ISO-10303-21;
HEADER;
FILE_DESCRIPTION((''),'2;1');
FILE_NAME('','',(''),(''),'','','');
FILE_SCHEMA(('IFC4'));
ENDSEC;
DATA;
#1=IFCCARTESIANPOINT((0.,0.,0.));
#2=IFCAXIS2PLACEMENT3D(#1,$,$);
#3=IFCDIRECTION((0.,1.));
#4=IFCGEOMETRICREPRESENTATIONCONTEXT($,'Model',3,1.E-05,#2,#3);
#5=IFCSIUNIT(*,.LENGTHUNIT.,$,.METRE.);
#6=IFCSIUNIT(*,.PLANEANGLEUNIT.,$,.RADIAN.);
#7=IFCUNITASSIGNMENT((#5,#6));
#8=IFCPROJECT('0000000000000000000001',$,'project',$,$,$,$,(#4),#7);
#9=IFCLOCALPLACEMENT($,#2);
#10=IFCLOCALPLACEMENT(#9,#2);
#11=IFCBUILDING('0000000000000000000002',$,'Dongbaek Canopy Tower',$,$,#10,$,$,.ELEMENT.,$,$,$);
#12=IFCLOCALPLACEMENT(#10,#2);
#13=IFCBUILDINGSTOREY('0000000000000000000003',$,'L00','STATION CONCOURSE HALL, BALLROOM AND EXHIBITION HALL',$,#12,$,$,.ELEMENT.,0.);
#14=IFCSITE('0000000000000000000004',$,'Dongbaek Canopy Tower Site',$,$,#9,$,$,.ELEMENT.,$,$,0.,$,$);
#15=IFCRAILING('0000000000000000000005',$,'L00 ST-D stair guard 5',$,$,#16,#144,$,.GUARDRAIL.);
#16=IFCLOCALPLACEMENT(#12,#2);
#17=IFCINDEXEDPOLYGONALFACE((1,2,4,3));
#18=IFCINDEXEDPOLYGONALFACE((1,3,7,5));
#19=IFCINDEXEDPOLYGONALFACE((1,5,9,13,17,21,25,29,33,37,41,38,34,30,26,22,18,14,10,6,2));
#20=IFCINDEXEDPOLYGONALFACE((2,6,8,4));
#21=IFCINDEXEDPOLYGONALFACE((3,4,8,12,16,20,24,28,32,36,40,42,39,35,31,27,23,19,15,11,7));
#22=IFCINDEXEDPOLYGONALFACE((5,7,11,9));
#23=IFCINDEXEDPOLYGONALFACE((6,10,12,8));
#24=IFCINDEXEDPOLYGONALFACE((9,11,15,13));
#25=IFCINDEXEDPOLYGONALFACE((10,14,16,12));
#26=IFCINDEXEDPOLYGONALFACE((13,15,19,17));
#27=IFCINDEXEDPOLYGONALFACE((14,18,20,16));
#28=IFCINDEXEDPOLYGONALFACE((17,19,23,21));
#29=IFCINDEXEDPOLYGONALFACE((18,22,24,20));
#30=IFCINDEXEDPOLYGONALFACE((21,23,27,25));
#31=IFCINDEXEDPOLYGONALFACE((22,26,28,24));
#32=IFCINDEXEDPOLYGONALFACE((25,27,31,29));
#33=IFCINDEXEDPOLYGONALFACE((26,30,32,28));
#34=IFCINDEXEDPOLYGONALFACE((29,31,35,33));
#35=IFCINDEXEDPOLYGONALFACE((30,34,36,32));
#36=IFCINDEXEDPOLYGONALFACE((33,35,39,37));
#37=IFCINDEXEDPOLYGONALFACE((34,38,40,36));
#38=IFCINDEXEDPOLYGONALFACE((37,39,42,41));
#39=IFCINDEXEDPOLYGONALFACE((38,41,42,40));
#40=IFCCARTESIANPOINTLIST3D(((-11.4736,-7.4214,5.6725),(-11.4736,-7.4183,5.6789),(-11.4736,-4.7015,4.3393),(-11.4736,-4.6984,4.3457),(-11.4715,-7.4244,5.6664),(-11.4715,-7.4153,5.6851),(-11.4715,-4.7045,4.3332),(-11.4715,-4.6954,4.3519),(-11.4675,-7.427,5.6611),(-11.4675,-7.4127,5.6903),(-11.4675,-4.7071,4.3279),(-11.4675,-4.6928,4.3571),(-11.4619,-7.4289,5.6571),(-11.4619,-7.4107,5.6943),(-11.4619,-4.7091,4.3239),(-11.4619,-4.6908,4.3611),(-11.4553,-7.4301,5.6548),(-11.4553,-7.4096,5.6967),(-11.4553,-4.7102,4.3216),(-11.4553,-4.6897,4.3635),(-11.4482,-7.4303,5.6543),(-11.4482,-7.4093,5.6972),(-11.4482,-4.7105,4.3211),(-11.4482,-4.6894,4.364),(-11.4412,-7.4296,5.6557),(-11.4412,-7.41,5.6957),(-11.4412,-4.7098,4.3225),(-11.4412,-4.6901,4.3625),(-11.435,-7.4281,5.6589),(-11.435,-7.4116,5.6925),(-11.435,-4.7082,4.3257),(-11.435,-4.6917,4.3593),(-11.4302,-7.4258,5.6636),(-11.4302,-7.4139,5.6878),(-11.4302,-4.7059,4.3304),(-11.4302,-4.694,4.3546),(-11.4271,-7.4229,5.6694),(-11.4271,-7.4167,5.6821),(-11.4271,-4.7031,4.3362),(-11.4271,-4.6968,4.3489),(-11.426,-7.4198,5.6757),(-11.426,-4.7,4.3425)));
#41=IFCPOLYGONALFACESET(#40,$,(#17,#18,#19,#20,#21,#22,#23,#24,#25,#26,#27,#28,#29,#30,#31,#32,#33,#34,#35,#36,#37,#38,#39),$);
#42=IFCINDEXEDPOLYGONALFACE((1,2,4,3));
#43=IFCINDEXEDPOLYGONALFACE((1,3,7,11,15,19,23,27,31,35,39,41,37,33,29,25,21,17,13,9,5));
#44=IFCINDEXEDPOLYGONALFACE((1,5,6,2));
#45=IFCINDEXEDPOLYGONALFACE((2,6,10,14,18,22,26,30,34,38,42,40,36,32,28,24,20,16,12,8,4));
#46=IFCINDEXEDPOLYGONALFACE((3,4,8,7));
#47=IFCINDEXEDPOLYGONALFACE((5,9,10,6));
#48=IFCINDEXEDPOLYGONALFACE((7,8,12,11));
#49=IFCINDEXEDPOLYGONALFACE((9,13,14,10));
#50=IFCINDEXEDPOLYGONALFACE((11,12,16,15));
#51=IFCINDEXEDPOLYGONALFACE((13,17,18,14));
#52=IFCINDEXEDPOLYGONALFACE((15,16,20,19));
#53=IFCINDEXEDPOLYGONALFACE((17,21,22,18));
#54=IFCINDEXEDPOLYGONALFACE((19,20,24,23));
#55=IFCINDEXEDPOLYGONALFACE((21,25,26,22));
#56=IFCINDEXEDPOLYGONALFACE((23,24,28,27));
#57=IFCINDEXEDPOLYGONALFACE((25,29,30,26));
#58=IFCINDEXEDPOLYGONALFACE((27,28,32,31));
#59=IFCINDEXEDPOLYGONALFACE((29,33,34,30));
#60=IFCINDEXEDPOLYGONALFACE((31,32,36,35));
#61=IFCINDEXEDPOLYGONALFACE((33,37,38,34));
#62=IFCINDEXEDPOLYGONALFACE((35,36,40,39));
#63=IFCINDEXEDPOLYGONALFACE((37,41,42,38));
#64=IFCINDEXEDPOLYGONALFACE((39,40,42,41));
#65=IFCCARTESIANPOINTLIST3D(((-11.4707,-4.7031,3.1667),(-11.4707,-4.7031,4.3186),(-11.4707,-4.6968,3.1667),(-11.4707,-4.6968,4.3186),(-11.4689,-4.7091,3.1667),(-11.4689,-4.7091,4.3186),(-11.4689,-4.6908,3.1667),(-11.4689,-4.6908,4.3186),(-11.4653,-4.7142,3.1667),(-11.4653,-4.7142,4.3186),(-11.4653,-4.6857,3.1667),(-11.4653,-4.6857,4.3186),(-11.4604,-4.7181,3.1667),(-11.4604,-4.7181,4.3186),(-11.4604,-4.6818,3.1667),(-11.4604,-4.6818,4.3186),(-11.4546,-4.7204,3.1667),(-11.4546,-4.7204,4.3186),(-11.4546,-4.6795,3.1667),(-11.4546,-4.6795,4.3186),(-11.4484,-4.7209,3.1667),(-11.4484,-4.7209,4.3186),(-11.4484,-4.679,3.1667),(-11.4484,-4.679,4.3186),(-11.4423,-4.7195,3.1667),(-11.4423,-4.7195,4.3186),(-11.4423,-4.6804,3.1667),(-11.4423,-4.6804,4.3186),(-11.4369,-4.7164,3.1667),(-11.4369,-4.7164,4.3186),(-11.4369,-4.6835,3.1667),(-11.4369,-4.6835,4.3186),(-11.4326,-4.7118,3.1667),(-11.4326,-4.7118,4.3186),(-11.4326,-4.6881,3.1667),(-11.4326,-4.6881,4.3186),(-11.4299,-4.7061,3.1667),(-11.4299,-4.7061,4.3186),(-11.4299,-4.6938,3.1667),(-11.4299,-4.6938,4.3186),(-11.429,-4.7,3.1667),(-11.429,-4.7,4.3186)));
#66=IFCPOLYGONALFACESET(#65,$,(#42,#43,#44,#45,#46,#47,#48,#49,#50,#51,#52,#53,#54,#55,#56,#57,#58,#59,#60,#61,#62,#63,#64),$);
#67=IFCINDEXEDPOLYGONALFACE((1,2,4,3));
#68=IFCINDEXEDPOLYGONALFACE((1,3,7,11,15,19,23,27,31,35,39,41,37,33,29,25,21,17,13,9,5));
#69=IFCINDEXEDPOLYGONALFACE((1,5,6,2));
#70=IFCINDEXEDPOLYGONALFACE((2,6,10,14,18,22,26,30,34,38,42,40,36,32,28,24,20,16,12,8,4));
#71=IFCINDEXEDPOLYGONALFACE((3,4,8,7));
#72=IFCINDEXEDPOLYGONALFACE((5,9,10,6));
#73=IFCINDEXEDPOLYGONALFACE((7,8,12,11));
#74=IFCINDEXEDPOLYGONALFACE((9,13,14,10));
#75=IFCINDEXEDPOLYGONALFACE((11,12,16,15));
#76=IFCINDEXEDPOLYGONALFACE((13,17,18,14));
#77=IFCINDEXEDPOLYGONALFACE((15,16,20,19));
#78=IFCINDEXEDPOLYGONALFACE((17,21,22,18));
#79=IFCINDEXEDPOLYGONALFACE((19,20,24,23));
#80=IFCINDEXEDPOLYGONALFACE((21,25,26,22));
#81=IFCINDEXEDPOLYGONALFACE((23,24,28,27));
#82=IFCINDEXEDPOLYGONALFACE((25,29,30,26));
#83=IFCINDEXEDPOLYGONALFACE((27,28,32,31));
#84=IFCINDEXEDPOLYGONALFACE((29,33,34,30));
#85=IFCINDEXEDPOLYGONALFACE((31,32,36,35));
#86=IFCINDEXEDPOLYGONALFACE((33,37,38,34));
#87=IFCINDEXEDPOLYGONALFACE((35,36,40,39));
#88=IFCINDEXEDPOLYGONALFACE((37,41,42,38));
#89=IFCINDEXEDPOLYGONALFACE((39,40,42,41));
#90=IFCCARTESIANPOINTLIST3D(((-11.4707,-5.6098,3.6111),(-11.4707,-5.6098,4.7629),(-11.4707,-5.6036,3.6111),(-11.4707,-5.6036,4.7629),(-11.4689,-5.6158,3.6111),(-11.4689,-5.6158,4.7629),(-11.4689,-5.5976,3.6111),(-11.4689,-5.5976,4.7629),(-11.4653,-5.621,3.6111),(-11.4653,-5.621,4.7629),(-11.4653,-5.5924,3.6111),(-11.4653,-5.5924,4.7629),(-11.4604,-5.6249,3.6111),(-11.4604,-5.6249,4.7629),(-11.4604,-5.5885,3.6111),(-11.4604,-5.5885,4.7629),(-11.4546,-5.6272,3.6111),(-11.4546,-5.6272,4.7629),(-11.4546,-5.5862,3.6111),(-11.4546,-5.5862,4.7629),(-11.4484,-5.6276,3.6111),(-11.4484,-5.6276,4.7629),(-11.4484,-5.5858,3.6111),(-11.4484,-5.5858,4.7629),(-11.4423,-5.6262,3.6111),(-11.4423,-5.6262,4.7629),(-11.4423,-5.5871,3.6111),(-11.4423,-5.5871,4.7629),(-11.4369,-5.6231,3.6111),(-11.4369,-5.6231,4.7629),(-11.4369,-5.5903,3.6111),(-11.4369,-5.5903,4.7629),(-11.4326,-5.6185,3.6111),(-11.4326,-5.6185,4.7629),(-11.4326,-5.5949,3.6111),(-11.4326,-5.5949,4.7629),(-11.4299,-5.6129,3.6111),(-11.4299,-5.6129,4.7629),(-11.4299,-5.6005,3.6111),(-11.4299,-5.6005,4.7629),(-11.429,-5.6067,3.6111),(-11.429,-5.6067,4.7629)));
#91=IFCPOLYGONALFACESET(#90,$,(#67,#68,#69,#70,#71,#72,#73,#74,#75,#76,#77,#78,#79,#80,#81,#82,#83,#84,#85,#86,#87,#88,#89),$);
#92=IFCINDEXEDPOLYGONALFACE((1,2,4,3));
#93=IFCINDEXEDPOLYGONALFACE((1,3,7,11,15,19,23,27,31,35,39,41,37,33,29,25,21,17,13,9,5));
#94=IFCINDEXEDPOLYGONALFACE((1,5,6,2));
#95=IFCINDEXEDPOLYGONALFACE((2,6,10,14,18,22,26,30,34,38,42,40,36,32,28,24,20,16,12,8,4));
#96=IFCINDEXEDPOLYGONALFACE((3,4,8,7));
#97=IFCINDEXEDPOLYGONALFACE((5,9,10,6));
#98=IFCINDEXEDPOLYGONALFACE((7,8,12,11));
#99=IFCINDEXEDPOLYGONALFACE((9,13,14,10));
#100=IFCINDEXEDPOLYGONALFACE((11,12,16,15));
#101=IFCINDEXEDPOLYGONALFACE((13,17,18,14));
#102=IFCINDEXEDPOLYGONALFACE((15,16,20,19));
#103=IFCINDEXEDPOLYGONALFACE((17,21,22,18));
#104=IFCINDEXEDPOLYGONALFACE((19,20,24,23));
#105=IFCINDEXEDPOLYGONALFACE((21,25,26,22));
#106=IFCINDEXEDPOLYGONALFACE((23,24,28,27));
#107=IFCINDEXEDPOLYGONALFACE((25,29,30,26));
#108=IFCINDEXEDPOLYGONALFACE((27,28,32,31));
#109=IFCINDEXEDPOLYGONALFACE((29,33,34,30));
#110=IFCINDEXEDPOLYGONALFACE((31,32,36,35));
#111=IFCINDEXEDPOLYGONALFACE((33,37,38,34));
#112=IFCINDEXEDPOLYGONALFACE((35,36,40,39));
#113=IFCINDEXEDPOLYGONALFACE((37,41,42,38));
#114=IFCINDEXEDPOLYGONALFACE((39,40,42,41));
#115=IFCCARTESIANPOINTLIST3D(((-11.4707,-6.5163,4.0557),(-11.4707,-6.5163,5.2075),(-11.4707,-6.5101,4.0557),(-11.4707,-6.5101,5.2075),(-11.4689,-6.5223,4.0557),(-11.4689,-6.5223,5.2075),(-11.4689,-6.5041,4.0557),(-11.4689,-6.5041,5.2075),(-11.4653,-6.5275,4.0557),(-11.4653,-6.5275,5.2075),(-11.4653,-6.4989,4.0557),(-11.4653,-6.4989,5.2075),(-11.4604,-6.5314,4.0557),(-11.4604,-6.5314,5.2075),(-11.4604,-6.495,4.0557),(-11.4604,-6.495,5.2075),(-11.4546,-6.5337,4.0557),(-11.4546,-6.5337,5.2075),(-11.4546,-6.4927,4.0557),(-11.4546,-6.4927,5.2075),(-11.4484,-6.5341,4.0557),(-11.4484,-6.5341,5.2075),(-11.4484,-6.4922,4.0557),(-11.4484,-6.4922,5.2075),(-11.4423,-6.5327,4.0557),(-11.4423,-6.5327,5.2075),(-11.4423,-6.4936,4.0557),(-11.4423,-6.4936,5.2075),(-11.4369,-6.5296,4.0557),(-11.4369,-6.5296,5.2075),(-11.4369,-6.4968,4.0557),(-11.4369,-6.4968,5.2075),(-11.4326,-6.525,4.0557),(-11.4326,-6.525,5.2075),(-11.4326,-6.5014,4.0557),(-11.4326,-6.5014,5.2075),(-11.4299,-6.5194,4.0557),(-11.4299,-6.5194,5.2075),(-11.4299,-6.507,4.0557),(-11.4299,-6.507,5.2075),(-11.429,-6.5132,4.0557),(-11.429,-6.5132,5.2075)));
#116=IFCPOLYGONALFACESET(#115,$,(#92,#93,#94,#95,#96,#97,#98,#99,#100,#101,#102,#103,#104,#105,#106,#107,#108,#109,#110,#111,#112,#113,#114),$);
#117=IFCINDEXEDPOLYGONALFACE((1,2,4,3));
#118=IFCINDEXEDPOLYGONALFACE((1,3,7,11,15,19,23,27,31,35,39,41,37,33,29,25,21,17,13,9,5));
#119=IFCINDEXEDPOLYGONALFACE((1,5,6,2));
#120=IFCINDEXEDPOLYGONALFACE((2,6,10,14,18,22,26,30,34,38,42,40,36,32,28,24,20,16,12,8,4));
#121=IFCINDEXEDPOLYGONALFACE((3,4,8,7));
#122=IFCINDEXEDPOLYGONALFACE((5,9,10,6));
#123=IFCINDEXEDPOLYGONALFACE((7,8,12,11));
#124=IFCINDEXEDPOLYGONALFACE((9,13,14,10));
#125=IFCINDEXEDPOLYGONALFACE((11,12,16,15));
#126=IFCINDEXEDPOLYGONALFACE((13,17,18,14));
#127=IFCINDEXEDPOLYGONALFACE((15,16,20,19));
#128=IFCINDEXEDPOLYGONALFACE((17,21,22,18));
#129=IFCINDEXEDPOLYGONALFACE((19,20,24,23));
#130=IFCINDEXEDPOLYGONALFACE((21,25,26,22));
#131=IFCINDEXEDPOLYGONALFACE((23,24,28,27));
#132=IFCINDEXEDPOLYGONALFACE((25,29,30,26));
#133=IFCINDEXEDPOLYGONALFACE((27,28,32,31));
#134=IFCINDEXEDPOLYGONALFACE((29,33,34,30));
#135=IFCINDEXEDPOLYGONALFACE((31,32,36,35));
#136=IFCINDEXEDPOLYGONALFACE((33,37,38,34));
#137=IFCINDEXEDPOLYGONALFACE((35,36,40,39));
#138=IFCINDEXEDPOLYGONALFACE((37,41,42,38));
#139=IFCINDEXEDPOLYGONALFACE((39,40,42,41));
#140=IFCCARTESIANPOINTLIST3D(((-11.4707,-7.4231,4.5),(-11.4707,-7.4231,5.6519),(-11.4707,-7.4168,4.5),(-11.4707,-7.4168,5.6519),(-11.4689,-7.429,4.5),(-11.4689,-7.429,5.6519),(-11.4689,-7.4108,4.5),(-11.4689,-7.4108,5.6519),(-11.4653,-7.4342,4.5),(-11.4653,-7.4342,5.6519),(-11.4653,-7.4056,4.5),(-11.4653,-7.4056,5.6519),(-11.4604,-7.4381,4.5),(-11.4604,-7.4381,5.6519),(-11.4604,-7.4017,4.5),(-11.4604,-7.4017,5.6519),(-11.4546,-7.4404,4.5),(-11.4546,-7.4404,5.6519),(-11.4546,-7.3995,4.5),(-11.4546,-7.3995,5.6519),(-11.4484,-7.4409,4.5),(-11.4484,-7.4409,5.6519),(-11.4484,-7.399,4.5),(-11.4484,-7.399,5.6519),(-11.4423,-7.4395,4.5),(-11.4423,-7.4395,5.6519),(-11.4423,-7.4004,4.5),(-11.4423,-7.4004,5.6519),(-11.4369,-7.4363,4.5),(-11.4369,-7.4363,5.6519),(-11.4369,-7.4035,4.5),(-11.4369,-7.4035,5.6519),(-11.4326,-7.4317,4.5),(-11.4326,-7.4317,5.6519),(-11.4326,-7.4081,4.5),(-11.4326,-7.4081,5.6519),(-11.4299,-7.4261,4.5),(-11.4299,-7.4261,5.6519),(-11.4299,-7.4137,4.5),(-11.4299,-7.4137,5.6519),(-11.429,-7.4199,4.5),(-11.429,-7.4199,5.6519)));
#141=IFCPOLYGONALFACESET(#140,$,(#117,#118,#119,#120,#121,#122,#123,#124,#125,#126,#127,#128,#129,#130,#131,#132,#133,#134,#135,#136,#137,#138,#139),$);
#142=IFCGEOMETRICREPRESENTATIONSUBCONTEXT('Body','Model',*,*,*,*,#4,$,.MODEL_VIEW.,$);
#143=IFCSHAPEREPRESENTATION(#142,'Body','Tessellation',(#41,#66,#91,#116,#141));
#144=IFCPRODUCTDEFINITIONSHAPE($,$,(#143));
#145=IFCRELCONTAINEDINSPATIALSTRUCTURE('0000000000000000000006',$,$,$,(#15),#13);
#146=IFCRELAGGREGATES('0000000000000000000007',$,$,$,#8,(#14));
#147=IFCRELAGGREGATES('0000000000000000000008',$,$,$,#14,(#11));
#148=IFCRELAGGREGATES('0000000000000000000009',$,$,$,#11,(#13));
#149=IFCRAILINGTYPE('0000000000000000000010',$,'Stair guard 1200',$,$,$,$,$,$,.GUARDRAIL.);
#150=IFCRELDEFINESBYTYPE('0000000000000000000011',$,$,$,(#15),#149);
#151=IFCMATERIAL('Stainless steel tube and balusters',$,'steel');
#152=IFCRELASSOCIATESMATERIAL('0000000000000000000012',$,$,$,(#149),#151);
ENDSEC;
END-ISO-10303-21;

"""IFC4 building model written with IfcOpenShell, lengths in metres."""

from ifc_helpers import new_model, si_unit, direction, frame, origin, origin_2d, place, context, subcontext, project, spatial, circle, extrude, material, type_object, element, save


model = new_model("IFC4")

# Units and contexts
model_context = context("Model", 3, precision=1e-05, world=origin(), true_north=direction((0.0, 1.0)))
body_context = subcontext(model_context, "Body", "Model", "MODEL_VIEW")
ifc_project = project(units=[si_unit("LENGTHUNIT", "METRE"), si_unit("PLANEANGLEUNIT", "RADIAN")], contexts=[model_context])

# Site, building, storey
site_placement = place(None, origin())
site = spatial("IfcSite", under=ifc_project, at=site_placement, Name="Dongbaek Canopy Tower Site", CompositionType="ELEMENT", RefElevation=0.0)
building_placement = place(site_placement, origin())
building = spatial("IfcBuilding", under=site, at=building_placement, Name="Dongbaek Canopy Tower", CompositionType="ELEMENT")
storey_placement = place(building_placement, origin())
storey = spatial("IfcBuildingStorey", under=building, at=storey_placement, Name="L00", Description="STATION CONCOURSE HALL, BALLROOM AND EXHIBITION HALL", CompositionType="ELEMENT", Elevation=0.0)

# Railing
ifc_material_1 = material(Name="Stainless steel tube and balusters", Category="steel")
railing_type_1 = type_object("IfcRailingType", Name="Stair guard 1200", PredefinedType="GUARDRAIL", material=ifc_material_1)
railing_1_placement = place(storey_placement, frame((-11.45, -4.7, 3.1667)))
element("IfcRailing", 1, at=railing_1_placement, inside=storey, type_object=railing_type_1, Name="L00 ST-D stair guard 5", PredefinedType="GUARDRAIL", context=body_context, shape_type="SweptSolid", body=[
    extrude(circle(Radius=0.0239, at=origin_2d()), frame((0.0, 0.0, 1.1758), z_axis=(0.0, -0.897929, 0.440139), x_axis=(1.0, 0.0, 0.0)), (0.0, 0.0, 1.0), 3.0291),
    extrude(circle(Radius=0.021, at=origin_2d()), origin(), (0.0, 0.0, 1.0), 1.1519),
    extrude(circle(Radius=0.021, at=origin_2d()), frame((0.0, -0.9067, 0.4443)), (0.0, 0.0, 1.0), 1.1519),
    extrude(circle(Radius=0.021, at=origin_2d()), frame((0.0, -1.8132, 0.8889)), (0.0, 0.0, 1.0), 1.1519),
    extrude(circle(Radius=0.021, at=origin_2d()), frame((0.0, -2.72, 1.3333)), (0.0, 0.0, 1.0), 1.1519),
])

save(model, "model.ifc")
